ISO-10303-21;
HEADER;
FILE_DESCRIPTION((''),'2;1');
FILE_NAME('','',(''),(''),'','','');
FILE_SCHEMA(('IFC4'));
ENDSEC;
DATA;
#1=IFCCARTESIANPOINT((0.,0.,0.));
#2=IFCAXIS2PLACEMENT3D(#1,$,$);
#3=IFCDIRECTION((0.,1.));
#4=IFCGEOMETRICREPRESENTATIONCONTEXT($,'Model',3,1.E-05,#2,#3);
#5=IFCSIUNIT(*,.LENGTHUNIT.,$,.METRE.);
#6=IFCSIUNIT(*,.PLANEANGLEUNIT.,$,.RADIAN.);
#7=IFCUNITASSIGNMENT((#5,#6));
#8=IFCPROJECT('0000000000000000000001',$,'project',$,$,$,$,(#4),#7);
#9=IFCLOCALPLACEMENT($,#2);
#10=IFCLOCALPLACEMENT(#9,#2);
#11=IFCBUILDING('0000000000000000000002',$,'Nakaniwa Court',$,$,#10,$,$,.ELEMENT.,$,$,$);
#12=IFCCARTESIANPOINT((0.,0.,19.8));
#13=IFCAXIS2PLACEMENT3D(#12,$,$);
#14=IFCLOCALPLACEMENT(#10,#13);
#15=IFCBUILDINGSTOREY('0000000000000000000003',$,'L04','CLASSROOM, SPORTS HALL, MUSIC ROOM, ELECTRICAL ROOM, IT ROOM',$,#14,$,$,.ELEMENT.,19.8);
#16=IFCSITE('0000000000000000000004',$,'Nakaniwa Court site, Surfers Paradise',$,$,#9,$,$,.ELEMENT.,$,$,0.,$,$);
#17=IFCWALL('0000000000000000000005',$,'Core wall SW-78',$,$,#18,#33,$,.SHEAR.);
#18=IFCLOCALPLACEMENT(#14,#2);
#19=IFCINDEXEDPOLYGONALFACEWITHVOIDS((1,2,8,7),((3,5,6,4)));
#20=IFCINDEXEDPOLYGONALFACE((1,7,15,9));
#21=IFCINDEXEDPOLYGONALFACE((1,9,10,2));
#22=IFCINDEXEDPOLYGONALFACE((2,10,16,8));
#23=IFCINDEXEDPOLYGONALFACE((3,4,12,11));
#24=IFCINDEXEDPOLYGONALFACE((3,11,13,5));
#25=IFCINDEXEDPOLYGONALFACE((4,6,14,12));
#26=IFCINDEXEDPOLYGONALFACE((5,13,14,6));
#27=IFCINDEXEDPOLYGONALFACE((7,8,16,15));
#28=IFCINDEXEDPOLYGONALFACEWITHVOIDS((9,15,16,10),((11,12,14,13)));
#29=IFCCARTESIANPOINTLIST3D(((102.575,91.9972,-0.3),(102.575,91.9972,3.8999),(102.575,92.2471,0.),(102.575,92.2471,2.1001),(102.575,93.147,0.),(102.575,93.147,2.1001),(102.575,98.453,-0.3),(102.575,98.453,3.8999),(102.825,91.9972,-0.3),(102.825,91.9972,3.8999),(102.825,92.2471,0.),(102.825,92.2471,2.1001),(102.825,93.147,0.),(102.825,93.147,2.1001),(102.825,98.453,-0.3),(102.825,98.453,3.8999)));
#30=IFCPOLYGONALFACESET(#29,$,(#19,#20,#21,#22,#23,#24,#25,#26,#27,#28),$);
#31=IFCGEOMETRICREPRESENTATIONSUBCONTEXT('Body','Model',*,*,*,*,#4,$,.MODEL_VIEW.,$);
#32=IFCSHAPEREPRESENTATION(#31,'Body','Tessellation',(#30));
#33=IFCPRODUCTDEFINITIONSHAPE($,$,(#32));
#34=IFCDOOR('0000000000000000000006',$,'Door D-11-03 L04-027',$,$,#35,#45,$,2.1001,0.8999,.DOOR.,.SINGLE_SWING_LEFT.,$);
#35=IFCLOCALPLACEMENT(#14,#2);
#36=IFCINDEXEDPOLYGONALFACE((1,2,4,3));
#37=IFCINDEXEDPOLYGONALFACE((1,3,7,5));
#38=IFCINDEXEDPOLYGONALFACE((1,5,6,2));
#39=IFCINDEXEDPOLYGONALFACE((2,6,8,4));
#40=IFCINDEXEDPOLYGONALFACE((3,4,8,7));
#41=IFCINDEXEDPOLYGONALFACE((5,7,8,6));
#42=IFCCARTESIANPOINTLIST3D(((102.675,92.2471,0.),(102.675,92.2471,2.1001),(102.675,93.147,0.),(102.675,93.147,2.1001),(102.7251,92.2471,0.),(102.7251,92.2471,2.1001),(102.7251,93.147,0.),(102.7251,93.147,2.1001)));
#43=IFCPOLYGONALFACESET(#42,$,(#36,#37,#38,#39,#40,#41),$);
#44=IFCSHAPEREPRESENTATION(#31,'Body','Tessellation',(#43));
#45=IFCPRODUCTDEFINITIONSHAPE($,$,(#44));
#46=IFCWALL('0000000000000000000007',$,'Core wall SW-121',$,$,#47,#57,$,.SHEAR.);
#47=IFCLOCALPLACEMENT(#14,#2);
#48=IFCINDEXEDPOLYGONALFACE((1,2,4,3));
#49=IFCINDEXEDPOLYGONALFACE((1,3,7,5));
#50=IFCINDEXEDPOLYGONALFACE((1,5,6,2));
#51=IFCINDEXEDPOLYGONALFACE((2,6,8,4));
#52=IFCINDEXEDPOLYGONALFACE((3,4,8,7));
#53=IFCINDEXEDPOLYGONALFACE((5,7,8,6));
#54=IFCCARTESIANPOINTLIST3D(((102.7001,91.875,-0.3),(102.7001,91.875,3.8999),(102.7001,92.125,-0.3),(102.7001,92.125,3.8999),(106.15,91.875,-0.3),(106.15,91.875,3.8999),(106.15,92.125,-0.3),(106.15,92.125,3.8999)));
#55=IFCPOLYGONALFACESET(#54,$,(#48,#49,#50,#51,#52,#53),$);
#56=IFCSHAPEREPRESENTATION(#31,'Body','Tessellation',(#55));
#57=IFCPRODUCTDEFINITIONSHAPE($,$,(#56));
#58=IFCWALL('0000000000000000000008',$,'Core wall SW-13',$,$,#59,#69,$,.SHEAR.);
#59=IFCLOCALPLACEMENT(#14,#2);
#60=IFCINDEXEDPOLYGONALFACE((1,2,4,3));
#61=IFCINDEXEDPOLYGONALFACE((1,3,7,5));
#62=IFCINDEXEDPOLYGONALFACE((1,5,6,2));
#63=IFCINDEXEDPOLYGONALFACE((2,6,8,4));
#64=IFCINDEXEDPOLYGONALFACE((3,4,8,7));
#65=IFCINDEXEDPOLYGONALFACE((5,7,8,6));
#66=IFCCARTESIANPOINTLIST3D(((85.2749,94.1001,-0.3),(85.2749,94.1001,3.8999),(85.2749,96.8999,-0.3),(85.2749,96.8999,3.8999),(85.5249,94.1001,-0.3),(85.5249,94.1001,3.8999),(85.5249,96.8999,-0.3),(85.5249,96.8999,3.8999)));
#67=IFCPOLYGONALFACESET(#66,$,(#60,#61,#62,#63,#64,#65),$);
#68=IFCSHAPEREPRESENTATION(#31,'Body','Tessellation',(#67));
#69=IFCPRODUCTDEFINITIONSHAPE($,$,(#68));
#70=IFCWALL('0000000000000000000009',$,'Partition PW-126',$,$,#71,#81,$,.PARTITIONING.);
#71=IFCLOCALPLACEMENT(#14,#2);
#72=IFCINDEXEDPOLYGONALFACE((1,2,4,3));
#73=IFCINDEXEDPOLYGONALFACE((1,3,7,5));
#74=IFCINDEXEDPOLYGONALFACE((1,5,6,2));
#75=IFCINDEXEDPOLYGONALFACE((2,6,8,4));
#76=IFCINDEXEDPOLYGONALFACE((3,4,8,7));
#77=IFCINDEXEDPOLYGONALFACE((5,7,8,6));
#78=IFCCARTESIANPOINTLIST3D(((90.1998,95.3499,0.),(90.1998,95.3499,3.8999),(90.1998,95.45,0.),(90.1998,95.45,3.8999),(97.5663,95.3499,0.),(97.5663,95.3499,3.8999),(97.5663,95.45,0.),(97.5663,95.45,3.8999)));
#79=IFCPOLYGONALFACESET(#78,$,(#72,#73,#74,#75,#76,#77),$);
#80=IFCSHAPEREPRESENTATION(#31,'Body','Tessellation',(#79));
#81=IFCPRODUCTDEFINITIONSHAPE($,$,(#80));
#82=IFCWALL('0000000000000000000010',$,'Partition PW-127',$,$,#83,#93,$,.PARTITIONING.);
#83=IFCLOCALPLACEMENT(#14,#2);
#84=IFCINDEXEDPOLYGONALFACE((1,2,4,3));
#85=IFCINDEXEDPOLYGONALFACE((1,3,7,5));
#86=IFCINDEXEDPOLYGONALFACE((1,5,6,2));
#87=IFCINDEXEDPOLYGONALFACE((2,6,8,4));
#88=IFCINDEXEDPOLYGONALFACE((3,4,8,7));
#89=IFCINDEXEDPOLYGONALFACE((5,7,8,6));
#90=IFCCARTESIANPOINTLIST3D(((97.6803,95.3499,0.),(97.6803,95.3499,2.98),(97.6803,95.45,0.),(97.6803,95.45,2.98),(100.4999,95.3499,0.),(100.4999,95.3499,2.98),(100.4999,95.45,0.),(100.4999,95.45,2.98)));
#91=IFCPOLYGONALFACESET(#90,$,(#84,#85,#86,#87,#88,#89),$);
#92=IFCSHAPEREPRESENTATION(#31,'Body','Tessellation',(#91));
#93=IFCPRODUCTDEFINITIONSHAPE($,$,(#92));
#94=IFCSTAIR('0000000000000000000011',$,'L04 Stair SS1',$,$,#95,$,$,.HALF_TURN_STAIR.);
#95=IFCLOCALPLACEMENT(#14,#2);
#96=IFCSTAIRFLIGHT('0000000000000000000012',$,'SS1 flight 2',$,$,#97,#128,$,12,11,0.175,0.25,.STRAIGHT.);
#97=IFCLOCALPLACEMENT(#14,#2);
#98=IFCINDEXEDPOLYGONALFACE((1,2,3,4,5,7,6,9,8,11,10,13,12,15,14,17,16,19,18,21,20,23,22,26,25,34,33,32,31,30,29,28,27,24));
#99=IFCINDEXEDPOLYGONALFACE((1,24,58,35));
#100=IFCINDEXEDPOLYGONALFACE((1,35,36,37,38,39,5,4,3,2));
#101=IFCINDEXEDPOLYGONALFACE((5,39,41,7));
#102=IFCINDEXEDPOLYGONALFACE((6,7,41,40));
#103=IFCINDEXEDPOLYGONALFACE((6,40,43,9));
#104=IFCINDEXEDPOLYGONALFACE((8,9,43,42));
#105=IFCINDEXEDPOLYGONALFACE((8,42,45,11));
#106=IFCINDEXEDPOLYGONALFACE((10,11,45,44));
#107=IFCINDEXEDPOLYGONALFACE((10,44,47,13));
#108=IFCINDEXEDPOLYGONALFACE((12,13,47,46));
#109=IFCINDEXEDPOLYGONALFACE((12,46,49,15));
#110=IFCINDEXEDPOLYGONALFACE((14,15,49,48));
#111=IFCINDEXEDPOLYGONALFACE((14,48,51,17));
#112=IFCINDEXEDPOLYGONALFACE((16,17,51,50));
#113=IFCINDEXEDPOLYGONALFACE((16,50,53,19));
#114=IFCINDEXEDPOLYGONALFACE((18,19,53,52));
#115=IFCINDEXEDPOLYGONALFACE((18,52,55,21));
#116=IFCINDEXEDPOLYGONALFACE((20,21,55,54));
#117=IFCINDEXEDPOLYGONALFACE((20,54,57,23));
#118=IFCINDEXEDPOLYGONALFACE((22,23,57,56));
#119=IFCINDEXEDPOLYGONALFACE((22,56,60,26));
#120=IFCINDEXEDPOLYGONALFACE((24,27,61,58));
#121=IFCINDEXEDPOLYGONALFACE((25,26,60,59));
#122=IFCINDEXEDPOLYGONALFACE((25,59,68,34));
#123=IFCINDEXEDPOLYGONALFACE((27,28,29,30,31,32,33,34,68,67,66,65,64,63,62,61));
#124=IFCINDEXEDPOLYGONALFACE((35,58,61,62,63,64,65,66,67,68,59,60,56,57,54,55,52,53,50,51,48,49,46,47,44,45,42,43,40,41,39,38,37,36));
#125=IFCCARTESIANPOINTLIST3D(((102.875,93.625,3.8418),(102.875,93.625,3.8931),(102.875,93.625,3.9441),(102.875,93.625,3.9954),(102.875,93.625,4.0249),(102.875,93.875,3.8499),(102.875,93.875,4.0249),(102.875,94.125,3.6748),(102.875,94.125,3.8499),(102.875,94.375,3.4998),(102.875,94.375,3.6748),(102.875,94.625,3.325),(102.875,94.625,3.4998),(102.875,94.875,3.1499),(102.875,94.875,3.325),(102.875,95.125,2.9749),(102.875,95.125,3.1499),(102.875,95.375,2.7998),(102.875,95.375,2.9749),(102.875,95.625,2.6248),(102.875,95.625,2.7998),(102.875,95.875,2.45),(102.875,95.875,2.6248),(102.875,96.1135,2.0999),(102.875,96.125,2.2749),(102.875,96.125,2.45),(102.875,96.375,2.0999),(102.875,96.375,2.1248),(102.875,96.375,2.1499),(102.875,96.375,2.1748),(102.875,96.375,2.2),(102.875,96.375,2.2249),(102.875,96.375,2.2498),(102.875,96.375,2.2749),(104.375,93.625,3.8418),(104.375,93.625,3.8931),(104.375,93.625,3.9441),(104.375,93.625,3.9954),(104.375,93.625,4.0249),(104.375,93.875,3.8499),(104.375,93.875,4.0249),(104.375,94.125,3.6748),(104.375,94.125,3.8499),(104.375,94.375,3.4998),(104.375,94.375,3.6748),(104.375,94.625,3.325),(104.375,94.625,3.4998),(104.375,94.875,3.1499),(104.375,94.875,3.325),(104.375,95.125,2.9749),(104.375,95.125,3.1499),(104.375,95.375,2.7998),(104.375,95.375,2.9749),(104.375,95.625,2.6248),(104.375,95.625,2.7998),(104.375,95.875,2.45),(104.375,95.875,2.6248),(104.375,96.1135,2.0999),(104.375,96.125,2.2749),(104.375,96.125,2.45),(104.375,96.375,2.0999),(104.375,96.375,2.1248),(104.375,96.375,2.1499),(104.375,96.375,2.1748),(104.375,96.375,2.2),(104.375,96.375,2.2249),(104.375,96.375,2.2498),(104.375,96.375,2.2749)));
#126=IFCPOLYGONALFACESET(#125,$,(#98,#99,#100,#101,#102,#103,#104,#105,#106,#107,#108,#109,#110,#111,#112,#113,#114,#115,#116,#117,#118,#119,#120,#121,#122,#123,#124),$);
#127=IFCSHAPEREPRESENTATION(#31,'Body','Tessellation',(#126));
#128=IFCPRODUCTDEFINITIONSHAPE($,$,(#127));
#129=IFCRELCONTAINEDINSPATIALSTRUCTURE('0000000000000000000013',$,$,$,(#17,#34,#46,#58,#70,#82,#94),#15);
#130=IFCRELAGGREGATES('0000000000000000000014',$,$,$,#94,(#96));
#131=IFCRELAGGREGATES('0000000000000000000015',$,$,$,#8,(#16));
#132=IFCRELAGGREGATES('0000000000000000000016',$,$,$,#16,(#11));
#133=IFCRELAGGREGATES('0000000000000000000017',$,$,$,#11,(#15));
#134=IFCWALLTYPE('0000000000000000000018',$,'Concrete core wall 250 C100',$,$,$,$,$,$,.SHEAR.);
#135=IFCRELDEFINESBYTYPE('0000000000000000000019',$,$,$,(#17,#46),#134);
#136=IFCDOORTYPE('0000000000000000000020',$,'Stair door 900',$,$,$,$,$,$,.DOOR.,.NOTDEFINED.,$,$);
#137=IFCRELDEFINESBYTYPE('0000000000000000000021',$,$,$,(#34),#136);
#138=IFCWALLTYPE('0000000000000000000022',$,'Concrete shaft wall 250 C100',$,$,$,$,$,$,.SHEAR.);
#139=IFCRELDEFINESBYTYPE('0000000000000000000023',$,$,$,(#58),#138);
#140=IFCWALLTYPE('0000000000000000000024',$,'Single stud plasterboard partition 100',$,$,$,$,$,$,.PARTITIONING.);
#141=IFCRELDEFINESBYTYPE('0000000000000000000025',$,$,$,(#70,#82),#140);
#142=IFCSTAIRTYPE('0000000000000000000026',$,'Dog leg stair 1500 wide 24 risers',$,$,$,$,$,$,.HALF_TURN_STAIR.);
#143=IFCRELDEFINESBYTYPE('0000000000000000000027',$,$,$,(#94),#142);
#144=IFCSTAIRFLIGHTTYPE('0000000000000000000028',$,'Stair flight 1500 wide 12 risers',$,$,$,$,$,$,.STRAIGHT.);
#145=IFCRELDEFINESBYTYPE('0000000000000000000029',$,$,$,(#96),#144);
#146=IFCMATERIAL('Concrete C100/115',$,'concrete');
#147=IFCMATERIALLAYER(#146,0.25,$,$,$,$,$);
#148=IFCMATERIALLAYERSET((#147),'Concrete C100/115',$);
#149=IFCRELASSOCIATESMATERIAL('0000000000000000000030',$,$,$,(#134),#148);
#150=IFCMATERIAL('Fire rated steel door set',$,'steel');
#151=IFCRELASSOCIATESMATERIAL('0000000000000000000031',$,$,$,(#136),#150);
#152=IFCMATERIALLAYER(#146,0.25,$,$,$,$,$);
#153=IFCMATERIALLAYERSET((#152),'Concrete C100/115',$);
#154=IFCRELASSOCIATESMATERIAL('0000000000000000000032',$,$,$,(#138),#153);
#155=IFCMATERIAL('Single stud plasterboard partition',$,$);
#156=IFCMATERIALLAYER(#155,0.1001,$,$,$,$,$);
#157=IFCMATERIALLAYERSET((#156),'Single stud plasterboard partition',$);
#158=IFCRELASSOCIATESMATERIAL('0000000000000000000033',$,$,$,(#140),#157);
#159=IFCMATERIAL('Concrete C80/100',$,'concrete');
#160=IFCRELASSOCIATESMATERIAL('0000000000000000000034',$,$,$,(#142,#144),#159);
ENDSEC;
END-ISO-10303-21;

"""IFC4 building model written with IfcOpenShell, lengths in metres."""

from ifc_helpers import new_model, si_unit, direction, frame, frame_2d, origin, place, context, subcontext, project, spatial, polyline, rectangle, outline, extrude, material, layer, layer_set, type_object, element, fill, aggregate, save


model = new_model("IFC4")

# Units and contexts
model_context = context("Model", 3, precision=1e-05, world=origin(), true_north=direction((0.0, 1.0)))
body_context = subcontext(model_context, "Body", "Model", "MODEL_VIEW")
ifc_project = project(units=[si_unit("LENGTHUNIT", "METRE"), si_unit("PLANEANGLEUNIT", "RADIAN")], contexts=[model_context])

# Site, building, storey
site_placement = place(None, origin())
site = spatial("IfcSite", under=ifc_project, at=site_placement, Name="Nakaniwa Court site, Surfers Paradise", CompositionType="ELEMENT", RefElevation=0.0)
building_placement = place(site_placement, origin())
building = spatial("IfcBuilding", under=site, at=building_placement, Name="Nakaniwa Court", CompositionType="ELEMENT")
storey_placement = place(building_placement, frame((0.0, 0.0, 19.8)))
storey = spatial("IfcBuildingStorey", under=building, at=storey_placement, Name="L04", Description="CLASSROOM, SPORTS HALL, MUSIC ROOM, ELECTRICAL ROOM, IT ROOM", CompositionType="ELEMENT", Elevation=19.8)

# Shared definitions
ifc_material_1 = material(Name="Concrete C100/115", Category="concrete")

# Wall, opening, door
ifc_material_2 = material(Name="Fire rated steel door set", Category="steel")
ifc_layer_1 = layer(ifc_material_1, 0.25)
ifc_layer_set_1 = layer_set([ifc_layer_1], Name="Concrete C100/115")
wall_type_1 = type_object("IfcWallType", Name="Concrete core wall 250 C100", PredefinedType="SHEAR", material=ifc_layer_set_1)
wall_1_placement = place(storey_placement, frame((102.7, 91.9971, -0.3), z_axis=(0.0, 0.0, 1.0), x_axis=(0.0, 1.0, 0.0)))
wall_1 = element("IfcWall", 1, at=wall_1_placement, inside=storey, type_object=wall_type_1, Name="Core wall SW-78", PredefinedType="SHEAR", context=body_context, shape_type="SweptSolid", body=[
    extrude(rectangle(XDim=6.4558, YDim=0.25, at=frame_2d((3.228, 0.0))), origin(), (0.0, 0.0, 1.0), 4.2),
])
opening_1_placement = place(wall_1_placement, frame((0.25, 0.0, 0.3)))
opening_1 = element("IfcOpeningElement", 2, at=opening_1_placement, cuts=wall_1, PredefinedType="OPENING", context=body_context, shape_type="SweptSolid", body=[
    extrude(rectangle(XDim=0.8999, YDim=2.1001, at=frame_2d((0.45, 1.05))), frame((0.0, 0.135, 0.0), z_axis=(0.0, -1.0, 0.0), x_axis=(1.0, 0.0, 0.0)), (0.0, 0.0, 1.0), 0.27),
])
door_type_1 = type_object("IfcDoorType", Name="Stair door 900", OperationType="NOTDEFINED", PredefinedType="DOOR", material=ifc_material_2)
door_1_placement = place(opening_1_placement, origin())
door_1 = element("IfcDoor", 3, at=door_1_placement, inside=storey, type_object=door_type_1, Name="Door D-11-03 L04-027", OperationType="SINGLE_SWING_LEFT", OverallHeight=2.1001, OverallWidth=0.8999, PredefinedType="DOOR", context=body_context, shape_type="SweptSolid", body=[
    extrude(rectangle(XDim=0.8999, YDim=2.1001, at=frame_2d((0.45, 1.05))), frame((0.0, 0.0249, 0.0), z_axis=(0.0, -1.0, 0.0), x_axis=(1.0, 0.0, 0.0)), (0.0, 0.0, 1.0), 0.05),
])
fill(opening_1, door_1)

# Walls
wall_2_placement = place(storey_placement, frame((102.7, 92.0, -0.3), z_axis=(0.0, 0.0, 1.0), x_axis=(1.0, 0.0, 0.0)))
element("IfcWall", 4, at=wall_2_placement, inside=storey, type_object=wall_type_1, Name="Core wall SW-121", PredefinedType="SHEAR", context=body_context, shape_type="SweptSolid", body=[
    extrude(rectangle(XDim=3.45, YDim=0.25, at=frame_2d((1.7251, 0.0))), origin(), (0.0, 0.0, 1.0), 4.2),
])
ifc_layer_2 = layer(ifc_material_1, 0.25)
ifc_layer_set_2 = layer_set([ifc_layer_2], Name="Concrete C100/115")
wall_type_2 = type_object("IfcWallType", Name="Concrete shaft wall 250 C100", PredefinedType="SHEAR", material=ifc_layer_set_2)
wall_3_placement = place(storey_placement, frame((85.3999, 94.1001, -0.3), z_axis=(0.0, 0.0, 1.0), x_axis=(0.0, 1.0, 0.0)))
element("IfcWall", 5, at=wall_3_placement, inside=storey, type_object=wall_type_2, Name="Core wall SW-13", PredefinedType="SHEAR", context=body_context, shape_type="SweptSolid", body=[
    extrude(rectangle(XDim=2.7998, YDim=0.25, at=frame_2d((1.3999, 0.0))), origin(), (0.0, 0.0, 1.0), 4.2),
])
ifc_material_3 = material(Name="Single stud plasterboard partition")
ifc_layer_3 = layer(ifc_material_3, 0.1001)
ifc_layer_set_3 = layer_set([ifc_layer_3], Name="Single stud plasterboard partition")
wall_type_3 = type_object("IfcWallType", Name="Single stud plasterboard partition 100", PredefinedType="PARTITIONING", material=ifc_layer_set_3)
wall_4_placement = place(storey_placement, frame((90.2, 95.3999, 0.0), z_axis=(0.0, 0.0, 1.0), x_axis=(1.0, 0.0, 0.0)))
element("IfcWall", 6, at=wall_4_placement, inside=storey, type_object=wall_type_3, Name="Partition PW-126", PredefinedType="PARTITIONING", context=body_context, shape_type="SweptSolid", body=[
    extrude(rectangle(XDim=7.3665, YDim=0.1001, at=frame_2d((3.6831, 0.0))), origin(), (0.0, 0.0, 1.0), 3.8999),
])
wall_5_placement = place(storey_placement, frame((97.6804, 95.3999, 0.0), z_axis=(0.0, 0.0, 1.0), x_axis=(1.0, 0.0, 0.0)))
element("IfcWall", 7, at=wall_5_placement, inside=storey, type_object=wall_type_3, Name="Partition PW-127", PredefinedType="PARTITIONING", context=body_context, shape_type="SweptSolid", body=[
    extrude(rectangle(XDim=2.8196, YDim=0.1001, at=frame_2d((1.4097, 0.0))), origin(), (0.0, 0.0, 1.0), 2.98),
])

# Stair, stair flight
ifc_material_4 = material(Name="Concrete C80/100", Category="concrete")
stair_type = type_object("IfcStairType", Name="Dog leg stair 1500 wide 24 risers", PredefinedType="HALF_TURN_STAIR", material=ifc_material_4)
stair_placement = place(storey_placement, origin())
stair = element("IfcStair", 8, at=stair_placement, inside=storey, type_object=stair_type, Name="L04 Stair SS1", PredefinedType="HALF_TURN_STAIR")
stair_flight_type = type_object("IfcStairFlightType", Name="Stair flight 1500 wide 12 risers", PredefinedType="STRAIGHT", material=ifc_material_4)
stair_flight_placement = place(storey_placement, frame((103.625, 96.375, 2.0999), z_axis=(0.0, 0.0, 1.0), x_axis=(0.0, -1.0, 0.0)))
stair_flight = element("IfcStairFlight", 9, at=stair_flight_placement, type_object=stair_flight_type, Name="SS1 flight 2", NumberOfRisers=12, NumberOfTreads=11, PredefinedType="STRAIGHT", RiserHeight=0.175, TreadLength=0.25, context=body_context, shape_type="SweptSolid", body=[
    extrude(outline(polyline([(0.0, 0.0), (0.0, 0.0249), (0.0, 0.05), (0.0, 0.075), (0.0, 0.1001), (0.0, 0.125), (0.0, 0.1499), (0.0, 0.175), (0.25, 0.175), (0.25, 0.3501), (0.5, 0.3501), (0.5, 0.5249), (0.75, 0.5249), (0.75, 0.7), (1.0, 0.7), (1.0, 0.875), (1.25, 0.875), (1.25, 1.05), (1.5, 1.05), (1.5, 1.2251), (1.75, 1.2251), (1.75, 1.3999), (2.0, 1.3999), (2.0, 1.575), (2.25, 1.575), (2.25, 1.75), (2.5, 1.75), (2.5, 1.925), (2.75, 1.925), (2.75, 2.1001), (2.75, 2.0488), (2.75, 1.9978), (2.75, 1.9465), (2.75, 1.8955), (2.75, 1.8442), (2.75, 1.7932), (2.75, 1.7419), (0.2615, 0.0), (0.0, 0.0)])), frame((0.0, 0.75, 0.0), z_axis=(0.0, -1.0, 0.0), x_axis=(1.0, 0.0, 0.0)), (0.0, 0.0, 1.0), 1.5),
])
aggregate(stair, [stair_flight])

save(model, "model.ifc")
